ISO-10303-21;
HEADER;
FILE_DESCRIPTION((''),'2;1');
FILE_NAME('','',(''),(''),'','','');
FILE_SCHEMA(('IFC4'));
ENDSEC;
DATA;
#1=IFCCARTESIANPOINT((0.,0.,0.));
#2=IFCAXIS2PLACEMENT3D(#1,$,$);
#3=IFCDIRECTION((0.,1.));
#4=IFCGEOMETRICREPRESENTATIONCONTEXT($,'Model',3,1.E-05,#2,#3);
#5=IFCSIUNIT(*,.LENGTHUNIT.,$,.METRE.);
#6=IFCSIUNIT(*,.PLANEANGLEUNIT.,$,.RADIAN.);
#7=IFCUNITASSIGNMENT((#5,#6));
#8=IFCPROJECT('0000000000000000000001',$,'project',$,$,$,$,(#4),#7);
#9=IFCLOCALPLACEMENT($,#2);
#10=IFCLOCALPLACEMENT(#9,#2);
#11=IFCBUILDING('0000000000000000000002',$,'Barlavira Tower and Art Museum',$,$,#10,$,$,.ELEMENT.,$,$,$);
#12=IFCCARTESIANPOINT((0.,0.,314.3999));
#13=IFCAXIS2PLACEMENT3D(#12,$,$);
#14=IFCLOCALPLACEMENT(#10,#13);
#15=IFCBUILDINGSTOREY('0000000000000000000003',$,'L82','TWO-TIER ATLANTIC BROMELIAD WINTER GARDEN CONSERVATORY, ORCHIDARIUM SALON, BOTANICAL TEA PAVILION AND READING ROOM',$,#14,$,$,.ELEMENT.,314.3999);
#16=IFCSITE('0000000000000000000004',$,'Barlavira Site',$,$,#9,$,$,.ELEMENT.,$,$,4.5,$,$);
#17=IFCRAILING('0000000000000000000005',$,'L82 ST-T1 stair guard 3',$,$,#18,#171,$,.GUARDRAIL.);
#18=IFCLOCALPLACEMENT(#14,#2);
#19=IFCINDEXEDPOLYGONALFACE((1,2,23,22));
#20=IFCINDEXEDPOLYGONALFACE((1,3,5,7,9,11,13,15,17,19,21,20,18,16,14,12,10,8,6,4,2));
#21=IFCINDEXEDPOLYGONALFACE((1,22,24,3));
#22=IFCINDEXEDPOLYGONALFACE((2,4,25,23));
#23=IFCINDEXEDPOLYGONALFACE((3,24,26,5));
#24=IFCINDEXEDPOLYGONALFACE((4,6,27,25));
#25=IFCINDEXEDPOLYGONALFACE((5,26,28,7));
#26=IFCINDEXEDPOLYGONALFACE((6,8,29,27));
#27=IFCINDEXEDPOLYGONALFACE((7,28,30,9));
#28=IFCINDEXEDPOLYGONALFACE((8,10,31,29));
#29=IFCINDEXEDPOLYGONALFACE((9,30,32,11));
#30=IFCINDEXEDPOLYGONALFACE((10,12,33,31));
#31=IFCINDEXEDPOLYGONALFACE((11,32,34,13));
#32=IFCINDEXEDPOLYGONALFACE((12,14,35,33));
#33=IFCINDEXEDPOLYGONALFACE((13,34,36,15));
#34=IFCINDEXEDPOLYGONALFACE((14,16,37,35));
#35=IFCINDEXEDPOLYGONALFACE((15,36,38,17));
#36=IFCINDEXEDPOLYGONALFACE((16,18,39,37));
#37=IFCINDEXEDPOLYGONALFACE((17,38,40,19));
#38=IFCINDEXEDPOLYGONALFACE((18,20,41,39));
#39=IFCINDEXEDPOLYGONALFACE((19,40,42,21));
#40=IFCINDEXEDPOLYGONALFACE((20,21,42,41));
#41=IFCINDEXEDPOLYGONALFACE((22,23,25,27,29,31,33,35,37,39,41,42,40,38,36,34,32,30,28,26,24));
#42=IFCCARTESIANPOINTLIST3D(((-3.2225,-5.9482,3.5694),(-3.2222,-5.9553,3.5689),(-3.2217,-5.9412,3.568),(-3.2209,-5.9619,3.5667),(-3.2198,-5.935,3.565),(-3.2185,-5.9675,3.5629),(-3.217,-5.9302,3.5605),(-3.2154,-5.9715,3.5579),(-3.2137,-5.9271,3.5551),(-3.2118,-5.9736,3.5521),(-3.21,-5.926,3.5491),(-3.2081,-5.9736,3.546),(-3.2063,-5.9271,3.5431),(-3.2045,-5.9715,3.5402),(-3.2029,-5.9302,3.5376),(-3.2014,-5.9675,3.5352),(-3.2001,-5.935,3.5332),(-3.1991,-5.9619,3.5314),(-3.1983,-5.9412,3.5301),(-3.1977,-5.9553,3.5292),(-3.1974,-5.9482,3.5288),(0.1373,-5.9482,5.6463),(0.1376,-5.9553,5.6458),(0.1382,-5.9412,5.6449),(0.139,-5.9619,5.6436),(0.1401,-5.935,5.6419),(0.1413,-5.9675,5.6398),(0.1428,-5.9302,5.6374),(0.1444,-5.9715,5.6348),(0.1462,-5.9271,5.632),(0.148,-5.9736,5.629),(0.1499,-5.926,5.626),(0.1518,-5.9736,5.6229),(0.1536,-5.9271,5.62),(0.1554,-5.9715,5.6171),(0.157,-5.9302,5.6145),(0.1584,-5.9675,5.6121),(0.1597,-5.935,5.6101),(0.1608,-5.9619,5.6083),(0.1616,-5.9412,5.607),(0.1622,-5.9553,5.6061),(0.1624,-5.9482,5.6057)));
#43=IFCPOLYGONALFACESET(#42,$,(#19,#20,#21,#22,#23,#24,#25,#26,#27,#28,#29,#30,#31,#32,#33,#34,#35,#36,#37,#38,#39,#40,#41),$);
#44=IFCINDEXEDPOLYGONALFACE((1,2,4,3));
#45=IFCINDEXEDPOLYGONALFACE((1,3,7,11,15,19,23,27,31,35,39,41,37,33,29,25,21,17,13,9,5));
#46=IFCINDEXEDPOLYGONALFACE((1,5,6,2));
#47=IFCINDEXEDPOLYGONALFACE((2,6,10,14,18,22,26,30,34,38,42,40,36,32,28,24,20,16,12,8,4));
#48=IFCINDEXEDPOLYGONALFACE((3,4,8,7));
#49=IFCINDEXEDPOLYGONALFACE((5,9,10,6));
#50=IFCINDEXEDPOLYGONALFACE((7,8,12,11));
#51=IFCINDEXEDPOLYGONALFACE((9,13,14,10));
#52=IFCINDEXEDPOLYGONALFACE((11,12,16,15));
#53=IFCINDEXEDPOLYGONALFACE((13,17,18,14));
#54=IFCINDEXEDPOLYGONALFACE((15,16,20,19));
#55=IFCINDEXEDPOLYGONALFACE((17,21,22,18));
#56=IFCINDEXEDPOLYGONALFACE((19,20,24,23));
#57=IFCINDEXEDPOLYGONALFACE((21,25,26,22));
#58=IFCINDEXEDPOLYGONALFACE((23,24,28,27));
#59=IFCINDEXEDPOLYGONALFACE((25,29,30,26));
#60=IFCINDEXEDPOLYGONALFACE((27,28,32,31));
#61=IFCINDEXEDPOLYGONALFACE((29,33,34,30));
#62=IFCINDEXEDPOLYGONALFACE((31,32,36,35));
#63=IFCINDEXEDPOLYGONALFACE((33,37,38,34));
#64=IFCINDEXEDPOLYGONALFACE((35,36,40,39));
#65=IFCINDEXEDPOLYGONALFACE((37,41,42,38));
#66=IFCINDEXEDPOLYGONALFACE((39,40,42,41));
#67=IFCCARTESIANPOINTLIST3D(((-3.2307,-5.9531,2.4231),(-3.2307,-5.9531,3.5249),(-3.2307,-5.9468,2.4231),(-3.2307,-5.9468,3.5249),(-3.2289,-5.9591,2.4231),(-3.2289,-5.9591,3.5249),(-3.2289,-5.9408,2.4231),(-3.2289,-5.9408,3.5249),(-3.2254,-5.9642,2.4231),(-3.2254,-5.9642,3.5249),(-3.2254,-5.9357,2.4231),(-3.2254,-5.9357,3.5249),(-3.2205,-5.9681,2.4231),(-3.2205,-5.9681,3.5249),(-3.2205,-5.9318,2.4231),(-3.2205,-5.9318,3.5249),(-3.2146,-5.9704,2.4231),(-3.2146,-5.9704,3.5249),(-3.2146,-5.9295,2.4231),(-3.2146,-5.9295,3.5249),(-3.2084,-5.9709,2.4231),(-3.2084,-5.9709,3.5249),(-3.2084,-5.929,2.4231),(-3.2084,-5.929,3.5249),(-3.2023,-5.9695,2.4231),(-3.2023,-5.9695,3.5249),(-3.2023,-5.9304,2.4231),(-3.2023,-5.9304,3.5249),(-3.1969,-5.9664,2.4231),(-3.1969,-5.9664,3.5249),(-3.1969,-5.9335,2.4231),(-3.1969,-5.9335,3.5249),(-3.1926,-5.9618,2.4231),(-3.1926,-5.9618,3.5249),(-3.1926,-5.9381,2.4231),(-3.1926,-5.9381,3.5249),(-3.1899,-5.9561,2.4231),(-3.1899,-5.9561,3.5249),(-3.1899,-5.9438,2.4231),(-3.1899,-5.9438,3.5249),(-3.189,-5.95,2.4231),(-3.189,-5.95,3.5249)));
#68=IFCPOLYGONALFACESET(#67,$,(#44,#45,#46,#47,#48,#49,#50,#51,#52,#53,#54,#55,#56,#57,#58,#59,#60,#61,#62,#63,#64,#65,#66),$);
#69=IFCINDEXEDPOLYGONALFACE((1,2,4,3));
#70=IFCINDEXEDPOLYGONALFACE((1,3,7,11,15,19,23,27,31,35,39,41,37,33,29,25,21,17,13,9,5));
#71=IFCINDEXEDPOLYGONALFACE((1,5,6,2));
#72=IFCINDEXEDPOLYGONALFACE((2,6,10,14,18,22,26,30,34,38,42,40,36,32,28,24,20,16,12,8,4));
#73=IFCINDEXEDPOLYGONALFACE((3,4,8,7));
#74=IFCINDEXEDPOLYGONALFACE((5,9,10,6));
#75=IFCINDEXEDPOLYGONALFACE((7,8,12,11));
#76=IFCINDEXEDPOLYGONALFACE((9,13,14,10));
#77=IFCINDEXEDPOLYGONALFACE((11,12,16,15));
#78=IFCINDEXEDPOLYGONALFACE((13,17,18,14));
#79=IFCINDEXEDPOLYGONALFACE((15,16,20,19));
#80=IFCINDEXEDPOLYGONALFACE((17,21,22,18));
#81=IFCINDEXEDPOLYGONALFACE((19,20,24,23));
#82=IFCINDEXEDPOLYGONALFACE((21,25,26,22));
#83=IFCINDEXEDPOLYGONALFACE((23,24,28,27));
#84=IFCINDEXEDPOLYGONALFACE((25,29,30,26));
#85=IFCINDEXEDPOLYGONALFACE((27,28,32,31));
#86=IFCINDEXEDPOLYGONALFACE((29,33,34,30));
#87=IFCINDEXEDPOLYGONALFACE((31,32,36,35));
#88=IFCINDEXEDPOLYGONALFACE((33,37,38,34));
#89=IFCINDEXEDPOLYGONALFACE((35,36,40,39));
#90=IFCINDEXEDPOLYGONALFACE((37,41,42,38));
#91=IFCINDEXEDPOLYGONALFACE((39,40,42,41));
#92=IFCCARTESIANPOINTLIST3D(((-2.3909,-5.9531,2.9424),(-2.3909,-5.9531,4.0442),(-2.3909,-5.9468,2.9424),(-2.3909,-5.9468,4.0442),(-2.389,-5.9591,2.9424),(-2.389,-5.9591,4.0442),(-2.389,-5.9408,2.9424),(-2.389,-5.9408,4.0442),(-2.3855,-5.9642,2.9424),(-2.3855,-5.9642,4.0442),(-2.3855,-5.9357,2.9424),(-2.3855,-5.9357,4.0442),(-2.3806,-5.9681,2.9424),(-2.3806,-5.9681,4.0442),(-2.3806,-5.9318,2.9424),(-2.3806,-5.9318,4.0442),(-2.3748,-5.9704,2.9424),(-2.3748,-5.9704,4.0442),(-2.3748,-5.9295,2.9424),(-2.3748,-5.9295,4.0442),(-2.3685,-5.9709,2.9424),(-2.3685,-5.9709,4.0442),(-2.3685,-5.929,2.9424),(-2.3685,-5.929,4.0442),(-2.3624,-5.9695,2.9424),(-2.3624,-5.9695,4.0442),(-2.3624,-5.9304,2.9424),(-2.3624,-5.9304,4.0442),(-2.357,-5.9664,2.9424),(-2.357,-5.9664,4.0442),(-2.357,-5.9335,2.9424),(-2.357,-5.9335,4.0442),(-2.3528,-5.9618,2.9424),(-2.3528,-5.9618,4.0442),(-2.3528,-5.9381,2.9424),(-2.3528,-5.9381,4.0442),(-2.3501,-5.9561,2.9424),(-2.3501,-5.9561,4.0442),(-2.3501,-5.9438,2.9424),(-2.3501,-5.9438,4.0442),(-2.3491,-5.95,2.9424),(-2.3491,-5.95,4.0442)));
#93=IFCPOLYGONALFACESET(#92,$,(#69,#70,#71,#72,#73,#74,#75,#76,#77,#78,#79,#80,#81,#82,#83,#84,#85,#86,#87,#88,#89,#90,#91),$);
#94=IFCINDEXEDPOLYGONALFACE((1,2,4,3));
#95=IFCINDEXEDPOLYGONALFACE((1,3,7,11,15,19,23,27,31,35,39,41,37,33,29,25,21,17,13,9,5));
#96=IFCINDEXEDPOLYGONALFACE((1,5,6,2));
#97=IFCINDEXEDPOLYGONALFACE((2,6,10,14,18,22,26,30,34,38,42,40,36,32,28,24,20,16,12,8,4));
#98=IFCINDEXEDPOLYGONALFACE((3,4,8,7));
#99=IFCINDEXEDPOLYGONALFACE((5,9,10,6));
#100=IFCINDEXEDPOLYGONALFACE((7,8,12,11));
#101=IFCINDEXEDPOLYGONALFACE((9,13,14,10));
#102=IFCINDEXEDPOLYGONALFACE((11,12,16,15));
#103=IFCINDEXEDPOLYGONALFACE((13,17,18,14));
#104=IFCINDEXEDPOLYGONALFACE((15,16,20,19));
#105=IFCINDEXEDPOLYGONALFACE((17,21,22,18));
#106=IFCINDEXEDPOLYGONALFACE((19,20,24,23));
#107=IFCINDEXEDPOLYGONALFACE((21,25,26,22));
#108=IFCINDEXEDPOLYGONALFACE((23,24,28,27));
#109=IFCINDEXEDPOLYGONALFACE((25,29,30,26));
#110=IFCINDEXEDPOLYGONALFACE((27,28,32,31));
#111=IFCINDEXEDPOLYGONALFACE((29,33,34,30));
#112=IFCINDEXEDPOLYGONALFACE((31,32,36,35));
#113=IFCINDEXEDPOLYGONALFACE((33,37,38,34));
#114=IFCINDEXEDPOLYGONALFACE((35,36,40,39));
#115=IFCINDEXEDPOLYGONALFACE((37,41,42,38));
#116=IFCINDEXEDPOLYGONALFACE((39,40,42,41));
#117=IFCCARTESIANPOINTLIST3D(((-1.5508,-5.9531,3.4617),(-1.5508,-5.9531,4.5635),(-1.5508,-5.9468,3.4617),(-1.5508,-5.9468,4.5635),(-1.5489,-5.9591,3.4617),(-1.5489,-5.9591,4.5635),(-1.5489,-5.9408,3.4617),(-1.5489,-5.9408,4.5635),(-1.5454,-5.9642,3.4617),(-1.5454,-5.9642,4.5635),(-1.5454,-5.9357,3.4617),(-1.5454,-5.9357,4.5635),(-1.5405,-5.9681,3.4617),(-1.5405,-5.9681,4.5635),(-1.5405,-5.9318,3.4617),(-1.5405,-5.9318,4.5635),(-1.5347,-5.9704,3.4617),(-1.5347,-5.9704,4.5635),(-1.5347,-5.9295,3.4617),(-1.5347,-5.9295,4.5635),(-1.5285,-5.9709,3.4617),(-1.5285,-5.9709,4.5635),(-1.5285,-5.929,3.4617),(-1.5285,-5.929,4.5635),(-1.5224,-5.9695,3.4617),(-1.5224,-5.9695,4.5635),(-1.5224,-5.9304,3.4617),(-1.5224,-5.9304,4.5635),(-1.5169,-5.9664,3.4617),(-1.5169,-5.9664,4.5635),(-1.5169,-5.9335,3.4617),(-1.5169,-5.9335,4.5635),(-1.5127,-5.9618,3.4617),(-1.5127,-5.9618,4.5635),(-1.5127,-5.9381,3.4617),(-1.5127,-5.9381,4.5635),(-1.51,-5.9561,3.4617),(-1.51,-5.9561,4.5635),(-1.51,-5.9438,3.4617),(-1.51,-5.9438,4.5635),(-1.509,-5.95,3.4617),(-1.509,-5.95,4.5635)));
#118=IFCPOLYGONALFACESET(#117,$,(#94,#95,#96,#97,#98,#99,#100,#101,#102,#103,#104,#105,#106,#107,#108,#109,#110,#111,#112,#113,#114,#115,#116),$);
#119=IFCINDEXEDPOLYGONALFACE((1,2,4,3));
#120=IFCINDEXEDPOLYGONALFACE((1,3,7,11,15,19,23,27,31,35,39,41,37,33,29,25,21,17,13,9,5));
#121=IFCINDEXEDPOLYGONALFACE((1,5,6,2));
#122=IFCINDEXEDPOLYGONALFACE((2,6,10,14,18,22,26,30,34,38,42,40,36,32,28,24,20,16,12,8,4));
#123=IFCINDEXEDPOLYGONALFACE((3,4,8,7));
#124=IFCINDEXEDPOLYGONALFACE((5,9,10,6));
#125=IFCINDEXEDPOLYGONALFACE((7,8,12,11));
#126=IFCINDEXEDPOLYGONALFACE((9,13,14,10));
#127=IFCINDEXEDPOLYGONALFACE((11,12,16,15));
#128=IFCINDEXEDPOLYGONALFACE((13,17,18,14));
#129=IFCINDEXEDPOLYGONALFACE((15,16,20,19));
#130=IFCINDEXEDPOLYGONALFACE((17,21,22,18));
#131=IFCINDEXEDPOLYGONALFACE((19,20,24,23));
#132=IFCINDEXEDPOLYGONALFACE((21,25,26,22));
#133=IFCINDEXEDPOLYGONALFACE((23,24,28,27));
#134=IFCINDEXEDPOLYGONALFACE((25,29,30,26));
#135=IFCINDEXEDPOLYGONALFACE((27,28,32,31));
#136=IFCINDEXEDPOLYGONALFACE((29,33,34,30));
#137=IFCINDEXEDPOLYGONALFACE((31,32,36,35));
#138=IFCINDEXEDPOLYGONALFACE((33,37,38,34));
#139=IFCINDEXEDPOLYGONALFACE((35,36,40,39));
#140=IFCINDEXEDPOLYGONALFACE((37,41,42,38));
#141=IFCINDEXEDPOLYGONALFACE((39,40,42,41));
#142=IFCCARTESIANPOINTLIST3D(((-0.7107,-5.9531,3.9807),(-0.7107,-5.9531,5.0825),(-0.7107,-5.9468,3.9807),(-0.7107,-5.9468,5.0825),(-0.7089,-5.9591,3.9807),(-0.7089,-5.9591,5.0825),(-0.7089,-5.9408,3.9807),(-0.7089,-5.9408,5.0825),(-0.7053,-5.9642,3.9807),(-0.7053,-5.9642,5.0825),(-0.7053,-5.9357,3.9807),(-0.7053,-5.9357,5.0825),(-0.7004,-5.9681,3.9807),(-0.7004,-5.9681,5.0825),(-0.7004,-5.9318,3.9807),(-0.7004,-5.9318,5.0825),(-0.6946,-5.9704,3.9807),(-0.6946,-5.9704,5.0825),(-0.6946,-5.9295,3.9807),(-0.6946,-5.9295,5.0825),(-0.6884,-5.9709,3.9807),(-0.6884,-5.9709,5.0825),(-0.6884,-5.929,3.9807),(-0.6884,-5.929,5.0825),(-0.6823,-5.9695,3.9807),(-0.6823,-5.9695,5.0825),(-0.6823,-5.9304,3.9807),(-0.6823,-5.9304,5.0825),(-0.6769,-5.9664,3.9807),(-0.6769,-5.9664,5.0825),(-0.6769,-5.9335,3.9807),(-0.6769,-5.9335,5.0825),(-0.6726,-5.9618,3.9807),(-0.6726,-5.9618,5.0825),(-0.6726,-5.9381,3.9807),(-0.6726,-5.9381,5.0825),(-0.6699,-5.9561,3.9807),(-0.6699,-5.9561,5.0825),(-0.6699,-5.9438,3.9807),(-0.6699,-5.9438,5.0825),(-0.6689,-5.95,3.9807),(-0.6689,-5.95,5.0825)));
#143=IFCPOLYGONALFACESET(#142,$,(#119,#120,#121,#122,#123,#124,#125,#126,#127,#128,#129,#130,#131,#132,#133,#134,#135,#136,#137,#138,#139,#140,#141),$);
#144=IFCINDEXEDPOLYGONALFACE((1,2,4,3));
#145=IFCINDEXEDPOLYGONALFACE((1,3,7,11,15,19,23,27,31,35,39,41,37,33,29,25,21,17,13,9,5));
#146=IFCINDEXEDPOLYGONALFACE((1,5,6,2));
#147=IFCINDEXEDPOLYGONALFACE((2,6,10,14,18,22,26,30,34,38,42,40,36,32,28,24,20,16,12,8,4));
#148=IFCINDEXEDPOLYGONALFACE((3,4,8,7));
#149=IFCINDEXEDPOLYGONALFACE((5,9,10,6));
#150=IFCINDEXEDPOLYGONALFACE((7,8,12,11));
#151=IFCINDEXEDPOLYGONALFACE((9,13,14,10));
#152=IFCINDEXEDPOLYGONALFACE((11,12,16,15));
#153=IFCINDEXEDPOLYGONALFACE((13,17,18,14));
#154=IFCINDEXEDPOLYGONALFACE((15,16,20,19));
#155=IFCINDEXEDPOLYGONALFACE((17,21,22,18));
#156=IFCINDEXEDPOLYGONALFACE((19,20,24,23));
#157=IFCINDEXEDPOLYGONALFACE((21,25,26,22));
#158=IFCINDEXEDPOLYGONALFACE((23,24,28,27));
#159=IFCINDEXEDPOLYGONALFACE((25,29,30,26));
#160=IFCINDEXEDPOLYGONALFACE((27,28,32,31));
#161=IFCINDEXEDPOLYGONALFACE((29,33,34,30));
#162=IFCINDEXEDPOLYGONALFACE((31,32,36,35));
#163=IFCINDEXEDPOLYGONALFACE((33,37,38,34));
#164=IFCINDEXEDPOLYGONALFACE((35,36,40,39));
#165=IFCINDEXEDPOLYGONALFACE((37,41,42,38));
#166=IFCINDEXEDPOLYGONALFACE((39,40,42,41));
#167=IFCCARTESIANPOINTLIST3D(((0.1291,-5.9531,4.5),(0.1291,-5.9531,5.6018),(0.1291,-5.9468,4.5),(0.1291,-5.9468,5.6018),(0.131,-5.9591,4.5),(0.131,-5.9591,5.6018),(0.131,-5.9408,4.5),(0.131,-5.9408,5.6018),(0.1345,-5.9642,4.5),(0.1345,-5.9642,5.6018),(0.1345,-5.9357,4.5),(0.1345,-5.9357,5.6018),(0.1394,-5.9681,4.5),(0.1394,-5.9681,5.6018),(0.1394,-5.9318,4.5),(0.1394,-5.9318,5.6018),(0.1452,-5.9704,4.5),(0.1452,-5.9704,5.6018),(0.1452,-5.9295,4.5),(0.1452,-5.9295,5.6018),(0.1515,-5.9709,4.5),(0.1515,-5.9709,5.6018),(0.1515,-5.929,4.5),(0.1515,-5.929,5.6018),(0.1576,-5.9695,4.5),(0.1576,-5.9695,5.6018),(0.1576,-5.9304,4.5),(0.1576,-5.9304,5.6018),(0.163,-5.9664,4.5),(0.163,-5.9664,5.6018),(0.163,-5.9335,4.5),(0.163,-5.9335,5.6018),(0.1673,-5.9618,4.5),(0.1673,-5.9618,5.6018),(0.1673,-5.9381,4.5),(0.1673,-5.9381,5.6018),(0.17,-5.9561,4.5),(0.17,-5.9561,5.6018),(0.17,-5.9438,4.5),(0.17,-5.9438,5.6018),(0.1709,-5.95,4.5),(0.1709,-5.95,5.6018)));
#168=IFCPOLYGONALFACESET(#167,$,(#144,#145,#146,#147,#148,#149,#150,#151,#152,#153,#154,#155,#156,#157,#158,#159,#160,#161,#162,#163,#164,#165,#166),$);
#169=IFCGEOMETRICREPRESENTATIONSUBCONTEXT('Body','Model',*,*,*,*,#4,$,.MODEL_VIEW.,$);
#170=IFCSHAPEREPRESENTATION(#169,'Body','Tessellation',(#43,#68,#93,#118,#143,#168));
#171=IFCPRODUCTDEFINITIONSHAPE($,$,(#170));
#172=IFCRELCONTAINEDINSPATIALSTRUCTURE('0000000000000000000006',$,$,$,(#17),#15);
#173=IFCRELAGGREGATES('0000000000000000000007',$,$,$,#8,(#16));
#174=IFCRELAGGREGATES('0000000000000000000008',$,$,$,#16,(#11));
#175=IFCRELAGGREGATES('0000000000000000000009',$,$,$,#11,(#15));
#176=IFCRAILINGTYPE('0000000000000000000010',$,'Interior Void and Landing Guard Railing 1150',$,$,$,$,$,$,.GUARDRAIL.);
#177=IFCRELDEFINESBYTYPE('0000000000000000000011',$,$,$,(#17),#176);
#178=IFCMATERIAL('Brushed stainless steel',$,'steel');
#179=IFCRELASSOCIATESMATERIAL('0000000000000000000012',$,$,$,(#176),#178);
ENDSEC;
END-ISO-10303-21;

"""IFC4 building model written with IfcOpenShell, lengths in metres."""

from ifc_helpers import new_model, si_unit, direction, frame, origin, origin_2d, place, context, subcontext, project, spatial, circle, extrude, material, type_object, element, save


model = new_model("IFC4")

# Units and contexts
model_context = context("Model", 3, precision=1e-05, world=origin(), true_north=direction((0.0, 1.0)))
body_context = subcontext(model_context, "Body", "Model", "MODEL_VIEW")
ifc_project = project(units=[si_unit("LENGTHUNIT", "METRE"), si_unit("PLANEANGLEUNIT", "RADIAN")], contexts=[model_context])

# Site, building, storey
site_placement = place(None, origin())
site = spatial("IfcSite", under=ifc_project, at=site_placement, Name="Barlavira Site", CompositionType="ELEMENT", RefElevation=4.5)
building_placement = place(site_placement, origin())
building = spatial("IfcBuilding", under=site, at=building_placement, Name="Barlavira Tower and Art Museum", CompositionType="ELEMENT")
storey_placement = place(building_placement, frame((0.0, 0.0, 314.3999)))
storey = spatial("IfcBuildingStorey", under=building, at=storey_placement, Name="L82", Description="TWO-TIER ATLANTIC BROMELIAD WINTER GARDEN CONSERVATORY, ORCHIDARIUM SALON, BOTANICAL TEA PAVILION AND READING ROOM", CompositionType="ELEMENT", Elevation=314.3999)

# Shared definitions
ifc_material_1 = material(Name="Brushed stainless steel", Category="steel")

# Railing
railing_type_1 = type_object("IfcRailingType", Name="Interior Void and Landing Guard Railing 1150", PredefinedType="GUARDRAIL", material=ifc_material_1)
railing_1_placement = place(storey_placement, frame((-3.21, -5.95, 2.4231)))
element("IfcRailing", 1, at=railing_1_placement, inside=storey, type_object=railing_type_1, Name="L82 ST-T1 stair guard 3", PredefinedType="GUARDRAIL", context=body_context, shape_type="SweptSolid", body=[
    extrude(circle(Radius=0.0239, at=origin_2d()), frame((0.0, 0.0, 1.126), z_axis=(0.850606, 0.0, 0.525803), x_axis=(0.0, 1.0, 0.0)), (0.0, 0.0, 1.0), 3.95),
    extrude(circle(Radius=0.021, at=origin_2d()), origin(), (0.0, 0.0, 1.0), 1.1018),
    extrude(circle(Radius=0.021, at=origin_2d()), frame((0.8398, 0.0, 0.5193)), (0.0, 0.0, 1.0), 1.1018),
    extrude(circle(Radius=0.021, at=origin_2d()), frame((1.6799, 0.0, 1.0386)), (0.0, 0.0, 1.0), 1.1018),
    extrude(circle(Radius=0.021, at=origin_2d()), frame((2.52, 0.0, 1.5576)), (0.0, 0.0, 1.0), 1.1018),
    extrude(circle(Radius=0.021, at=origin_2d()), frame((3.3599, 0.0, 2.0769)), (0.0, 0.0, 1.0), 1.1018),
])

save(model, "model.ifc")
